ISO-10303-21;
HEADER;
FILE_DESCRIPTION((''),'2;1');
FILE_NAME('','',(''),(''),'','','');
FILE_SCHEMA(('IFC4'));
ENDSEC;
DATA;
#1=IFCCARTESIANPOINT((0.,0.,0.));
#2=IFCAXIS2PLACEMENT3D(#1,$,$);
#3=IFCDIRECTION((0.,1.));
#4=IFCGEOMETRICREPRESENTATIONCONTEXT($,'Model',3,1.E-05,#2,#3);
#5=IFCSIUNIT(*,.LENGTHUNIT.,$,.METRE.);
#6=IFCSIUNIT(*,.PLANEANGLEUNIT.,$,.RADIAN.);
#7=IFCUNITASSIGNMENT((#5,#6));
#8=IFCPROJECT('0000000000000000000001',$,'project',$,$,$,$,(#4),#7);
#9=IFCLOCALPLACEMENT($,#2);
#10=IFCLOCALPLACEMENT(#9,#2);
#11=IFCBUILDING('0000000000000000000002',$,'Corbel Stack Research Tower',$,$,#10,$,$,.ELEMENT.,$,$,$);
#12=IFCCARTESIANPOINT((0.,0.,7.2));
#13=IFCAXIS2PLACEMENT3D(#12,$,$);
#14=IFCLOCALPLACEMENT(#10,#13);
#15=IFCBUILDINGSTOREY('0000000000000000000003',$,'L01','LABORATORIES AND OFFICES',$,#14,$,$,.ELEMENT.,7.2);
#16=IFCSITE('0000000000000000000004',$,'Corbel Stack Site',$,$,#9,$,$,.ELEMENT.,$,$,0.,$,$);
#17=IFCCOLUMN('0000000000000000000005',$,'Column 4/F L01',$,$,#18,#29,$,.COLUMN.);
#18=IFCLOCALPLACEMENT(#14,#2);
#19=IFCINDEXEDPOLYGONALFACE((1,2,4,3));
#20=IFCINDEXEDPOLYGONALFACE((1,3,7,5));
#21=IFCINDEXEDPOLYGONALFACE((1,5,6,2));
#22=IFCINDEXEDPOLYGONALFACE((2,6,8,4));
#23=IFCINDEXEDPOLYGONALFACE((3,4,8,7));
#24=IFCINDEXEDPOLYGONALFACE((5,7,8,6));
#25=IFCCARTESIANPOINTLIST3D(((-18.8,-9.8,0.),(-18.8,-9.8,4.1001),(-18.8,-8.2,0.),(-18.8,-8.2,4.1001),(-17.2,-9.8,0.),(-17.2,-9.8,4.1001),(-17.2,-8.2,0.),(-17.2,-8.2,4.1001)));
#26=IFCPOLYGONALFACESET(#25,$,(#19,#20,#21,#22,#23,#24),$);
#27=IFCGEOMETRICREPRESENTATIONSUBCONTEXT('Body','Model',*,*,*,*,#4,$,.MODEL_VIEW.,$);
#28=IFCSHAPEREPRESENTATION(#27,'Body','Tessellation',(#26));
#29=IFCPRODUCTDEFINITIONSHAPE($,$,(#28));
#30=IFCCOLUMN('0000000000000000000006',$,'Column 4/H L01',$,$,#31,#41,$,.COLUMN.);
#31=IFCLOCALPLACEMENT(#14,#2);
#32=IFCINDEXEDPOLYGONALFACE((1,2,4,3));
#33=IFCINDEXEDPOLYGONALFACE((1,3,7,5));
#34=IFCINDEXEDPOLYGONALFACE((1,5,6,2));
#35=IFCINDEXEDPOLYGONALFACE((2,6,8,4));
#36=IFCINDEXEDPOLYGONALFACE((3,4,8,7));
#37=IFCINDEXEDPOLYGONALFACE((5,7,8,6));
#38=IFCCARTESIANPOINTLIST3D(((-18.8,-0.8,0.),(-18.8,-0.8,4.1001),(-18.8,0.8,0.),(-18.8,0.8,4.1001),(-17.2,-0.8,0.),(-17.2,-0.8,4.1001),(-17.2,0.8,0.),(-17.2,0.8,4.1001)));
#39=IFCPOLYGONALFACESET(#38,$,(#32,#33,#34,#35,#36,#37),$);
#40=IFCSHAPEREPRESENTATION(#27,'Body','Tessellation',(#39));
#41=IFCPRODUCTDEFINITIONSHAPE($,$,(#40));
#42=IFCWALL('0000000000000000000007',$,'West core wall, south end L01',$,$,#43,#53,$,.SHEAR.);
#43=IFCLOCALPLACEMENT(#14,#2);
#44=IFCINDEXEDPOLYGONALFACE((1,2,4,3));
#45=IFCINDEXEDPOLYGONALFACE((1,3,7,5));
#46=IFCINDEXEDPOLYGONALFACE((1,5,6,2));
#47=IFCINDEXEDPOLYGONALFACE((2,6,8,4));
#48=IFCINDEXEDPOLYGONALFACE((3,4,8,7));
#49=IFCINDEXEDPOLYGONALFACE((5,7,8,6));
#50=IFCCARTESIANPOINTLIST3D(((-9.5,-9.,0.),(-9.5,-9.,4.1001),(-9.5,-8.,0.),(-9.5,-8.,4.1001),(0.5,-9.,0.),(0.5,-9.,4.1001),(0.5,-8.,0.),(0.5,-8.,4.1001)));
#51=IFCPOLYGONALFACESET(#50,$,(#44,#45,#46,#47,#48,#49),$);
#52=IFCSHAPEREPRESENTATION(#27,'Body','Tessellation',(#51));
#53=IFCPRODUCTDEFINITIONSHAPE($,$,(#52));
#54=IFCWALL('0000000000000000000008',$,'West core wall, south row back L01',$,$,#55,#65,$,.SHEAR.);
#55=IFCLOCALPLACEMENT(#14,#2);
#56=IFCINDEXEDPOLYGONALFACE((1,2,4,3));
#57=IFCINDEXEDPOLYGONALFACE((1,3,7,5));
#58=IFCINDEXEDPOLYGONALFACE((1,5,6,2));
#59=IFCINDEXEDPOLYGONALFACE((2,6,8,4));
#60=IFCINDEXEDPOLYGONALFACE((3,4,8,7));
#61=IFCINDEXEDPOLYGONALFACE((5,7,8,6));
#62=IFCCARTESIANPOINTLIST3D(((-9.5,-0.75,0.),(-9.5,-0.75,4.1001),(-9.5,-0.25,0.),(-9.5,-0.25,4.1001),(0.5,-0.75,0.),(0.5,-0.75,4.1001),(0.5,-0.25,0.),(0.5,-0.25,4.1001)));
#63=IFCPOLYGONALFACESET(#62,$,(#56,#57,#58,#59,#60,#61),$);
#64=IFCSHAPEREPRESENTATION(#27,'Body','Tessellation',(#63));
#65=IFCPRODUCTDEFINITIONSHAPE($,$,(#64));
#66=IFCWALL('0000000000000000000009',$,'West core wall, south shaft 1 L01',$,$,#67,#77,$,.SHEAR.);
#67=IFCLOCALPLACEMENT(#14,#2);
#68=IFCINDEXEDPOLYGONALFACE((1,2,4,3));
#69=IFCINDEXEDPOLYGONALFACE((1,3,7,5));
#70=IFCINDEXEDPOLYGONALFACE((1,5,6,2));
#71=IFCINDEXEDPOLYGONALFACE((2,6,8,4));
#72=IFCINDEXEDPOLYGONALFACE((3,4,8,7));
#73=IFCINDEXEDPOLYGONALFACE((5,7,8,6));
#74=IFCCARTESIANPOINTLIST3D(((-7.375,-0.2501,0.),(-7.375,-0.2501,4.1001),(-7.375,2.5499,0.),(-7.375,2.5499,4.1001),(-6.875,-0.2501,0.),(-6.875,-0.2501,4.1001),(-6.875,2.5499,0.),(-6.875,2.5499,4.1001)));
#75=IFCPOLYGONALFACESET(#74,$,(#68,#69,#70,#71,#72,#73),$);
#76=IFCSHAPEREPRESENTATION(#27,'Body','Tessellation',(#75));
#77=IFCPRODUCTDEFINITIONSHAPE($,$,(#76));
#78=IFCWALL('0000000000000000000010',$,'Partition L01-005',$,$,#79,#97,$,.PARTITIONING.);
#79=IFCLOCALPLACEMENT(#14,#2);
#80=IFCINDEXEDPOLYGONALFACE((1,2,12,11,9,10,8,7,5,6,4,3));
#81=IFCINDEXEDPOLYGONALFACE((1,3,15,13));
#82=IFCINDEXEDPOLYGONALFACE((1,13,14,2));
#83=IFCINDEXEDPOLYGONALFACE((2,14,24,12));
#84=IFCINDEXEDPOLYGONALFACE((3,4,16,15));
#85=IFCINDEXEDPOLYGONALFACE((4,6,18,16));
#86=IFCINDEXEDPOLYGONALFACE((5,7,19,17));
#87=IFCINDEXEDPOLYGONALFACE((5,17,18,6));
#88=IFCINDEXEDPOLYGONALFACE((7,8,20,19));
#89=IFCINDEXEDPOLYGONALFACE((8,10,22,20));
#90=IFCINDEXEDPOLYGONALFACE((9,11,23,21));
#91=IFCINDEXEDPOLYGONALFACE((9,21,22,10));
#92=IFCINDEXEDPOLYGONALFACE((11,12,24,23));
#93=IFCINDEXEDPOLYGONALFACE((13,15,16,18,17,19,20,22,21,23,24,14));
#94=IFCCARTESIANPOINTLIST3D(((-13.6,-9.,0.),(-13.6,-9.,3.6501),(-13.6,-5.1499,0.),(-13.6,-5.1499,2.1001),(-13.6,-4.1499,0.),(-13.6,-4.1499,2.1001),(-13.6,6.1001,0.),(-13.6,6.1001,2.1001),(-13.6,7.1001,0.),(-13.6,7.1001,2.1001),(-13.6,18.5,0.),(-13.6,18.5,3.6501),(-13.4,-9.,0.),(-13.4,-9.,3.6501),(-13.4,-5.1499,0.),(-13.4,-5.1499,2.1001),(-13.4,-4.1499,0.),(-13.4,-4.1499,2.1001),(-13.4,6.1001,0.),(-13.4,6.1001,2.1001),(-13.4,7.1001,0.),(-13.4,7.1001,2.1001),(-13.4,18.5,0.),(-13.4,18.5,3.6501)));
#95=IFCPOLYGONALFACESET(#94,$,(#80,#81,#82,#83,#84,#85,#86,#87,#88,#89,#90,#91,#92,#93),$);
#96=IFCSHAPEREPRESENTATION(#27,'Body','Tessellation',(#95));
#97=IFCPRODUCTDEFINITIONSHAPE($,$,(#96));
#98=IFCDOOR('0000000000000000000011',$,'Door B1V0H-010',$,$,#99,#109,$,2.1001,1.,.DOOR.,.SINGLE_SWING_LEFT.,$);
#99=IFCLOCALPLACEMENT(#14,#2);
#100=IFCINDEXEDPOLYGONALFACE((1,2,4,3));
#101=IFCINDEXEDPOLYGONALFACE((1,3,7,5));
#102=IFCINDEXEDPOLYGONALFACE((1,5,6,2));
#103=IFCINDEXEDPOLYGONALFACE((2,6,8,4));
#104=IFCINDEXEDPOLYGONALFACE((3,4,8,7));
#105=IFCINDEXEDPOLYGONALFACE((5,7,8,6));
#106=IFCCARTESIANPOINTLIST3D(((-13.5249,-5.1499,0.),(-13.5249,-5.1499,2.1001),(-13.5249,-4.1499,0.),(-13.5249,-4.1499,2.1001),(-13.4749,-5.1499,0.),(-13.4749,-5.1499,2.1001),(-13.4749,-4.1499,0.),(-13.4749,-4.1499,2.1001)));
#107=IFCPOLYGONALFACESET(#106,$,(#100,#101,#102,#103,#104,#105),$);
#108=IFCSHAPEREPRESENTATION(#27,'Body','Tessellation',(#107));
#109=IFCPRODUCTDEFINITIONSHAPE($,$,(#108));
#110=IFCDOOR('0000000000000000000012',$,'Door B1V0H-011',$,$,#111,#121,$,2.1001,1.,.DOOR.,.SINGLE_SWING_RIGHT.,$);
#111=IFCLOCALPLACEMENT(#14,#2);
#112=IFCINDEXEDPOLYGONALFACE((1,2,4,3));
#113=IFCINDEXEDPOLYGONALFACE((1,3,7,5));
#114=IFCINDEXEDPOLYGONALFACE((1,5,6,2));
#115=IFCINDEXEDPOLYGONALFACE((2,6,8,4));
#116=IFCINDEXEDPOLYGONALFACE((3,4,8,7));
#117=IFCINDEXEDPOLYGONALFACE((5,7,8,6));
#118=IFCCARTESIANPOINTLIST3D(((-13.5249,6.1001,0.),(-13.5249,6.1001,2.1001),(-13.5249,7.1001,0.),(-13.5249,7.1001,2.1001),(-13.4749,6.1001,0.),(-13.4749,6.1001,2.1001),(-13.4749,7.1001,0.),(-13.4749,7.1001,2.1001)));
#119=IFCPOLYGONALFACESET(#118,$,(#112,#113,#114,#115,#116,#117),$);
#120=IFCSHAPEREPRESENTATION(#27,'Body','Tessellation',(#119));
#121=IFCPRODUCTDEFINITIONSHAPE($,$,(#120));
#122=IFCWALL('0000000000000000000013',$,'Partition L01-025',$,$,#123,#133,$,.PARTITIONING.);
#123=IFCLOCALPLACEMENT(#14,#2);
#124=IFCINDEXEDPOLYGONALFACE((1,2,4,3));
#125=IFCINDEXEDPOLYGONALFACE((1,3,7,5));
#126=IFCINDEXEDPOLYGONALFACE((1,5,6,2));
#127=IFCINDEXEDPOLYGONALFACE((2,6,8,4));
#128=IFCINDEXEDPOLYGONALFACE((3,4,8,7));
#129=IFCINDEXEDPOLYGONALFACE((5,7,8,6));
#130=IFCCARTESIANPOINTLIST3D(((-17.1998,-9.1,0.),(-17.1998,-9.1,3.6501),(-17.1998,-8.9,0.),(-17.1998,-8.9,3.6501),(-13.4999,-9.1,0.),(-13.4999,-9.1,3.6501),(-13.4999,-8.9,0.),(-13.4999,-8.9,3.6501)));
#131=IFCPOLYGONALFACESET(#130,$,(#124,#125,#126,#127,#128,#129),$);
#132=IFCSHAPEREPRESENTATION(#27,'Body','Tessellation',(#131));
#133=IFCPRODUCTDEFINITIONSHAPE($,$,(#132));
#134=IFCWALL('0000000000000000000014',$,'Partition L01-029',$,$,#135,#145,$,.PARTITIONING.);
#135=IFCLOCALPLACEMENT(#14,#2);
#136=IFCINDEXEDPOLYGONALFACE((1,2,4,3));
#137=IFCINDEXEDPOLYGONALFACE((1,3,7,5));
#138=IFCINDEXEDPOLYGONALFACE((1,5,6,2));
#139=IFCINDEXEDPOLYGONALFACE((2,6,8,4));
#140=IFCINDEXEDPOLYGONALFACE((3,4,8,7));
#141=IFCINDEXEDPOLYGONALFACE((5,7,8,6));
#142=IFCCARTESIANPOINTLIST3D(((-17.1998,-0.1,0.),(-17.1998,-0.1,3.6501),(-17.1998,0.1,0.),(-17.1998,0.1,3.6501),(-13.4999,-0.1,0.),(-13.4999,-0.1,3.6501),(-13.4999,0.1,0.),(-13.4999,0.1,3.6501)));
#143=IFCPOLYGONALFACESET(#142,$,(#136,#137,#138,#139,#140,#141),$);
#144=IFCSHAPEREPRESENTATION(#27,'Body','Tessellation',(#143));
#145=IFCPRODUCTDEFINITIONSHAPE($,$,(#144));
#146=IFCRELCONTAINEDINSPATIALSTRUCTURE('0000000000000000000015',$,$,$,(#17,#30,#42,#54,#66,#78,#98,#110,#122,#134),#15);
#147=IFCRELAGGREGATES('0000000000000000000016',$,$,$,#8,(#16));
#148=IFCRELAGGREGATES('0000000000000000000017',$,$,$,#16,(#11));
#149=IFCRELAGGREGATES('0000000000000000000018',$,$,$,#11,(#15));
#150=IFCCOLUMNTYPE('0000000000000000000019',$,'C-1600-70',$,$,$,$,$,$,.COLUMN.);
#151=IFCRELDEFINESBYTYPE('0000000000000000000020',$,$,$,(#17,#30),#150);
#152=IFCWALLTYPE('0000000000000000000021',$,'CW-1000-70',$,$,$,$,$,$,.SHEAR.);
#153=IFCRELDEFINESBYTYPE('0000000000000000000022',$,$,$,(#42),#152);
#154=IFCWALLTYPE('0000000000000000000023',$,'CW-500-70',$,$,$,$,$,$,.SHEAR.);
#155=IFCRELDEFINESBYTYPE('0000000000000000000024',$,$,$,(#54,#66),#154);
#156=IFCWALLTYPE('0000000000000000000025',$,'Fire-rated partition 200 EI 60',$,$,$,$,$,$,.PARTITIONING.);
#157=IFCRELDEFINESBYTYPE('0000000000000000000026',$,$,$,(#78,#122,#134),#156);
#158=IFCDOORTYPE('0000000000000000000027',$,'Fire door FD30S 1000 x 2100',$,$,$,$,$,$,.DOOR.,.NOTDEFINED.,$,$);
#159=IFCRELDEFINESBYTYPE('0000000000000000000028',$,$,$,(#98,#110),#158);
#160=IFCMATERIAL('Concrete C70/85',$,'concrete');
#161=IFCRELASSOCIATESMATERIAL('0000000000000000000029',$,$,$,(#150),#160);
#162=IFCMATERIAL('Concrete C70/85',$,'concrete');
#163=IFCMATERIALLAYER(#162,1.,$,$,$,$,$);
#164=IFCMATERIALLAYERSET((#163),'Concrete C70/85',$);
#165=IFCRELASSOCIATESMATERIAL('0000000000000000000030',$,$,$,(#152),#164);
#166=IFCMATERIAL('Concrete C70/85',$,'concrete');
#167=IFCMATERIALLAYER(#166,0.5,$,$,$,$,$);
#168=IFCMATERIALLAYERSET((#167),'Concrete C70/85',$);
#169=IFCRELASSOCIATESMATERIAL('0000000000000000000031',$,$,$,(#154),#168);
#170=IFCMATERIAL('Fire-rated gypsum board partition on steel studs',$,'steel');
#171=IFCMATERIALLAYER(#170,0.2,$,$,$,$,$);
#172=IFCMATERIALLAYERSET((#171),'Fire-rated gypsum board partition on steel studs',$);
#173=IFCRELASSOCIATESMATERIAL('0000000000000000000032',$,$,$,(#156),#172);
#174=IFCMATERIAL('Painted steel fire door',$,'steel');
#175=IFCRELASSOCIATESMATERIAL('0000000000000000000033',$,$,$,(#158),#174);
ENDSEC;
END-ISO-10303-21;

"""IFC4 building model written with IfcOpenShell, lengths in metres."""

from ifc_helpers import new_model, si_unit, direction, frame, frame_2d, origin, origin_2d, place, context, subcontext, project, spatial, rectangle, extrude, material, layer, layer_set, material_profile, profile_set, type_object, element, fill, save


model = new_model("IFC4")

# Units and contexts
model_context = context("Model", 3, precision=1e-05, world=origin(), true_north=direction((0.0, 1.0)))
body_context = subcontext(model_context, "Body", "Model", "MODEL_VIEW")
ifc_project = project(units=[si_unit("LENGTHUNIT", "METRE"), si_unit("PLANEANGLEUNIT", "RADIAN")], contexts=[model_context])

# Site, building, storey
site_placement = place(None, origin())
site = spatial("IfcSite", under=ifc_project, at=site_placement, Name="Corbel Stack Site", CompositionType="ELEMENT", RefElevation=0.0)
building_placement = place(site_placement, origin())
building = spatial("IfcBuilding", under=site, at=building_placement, Name="Corbel Stack Research Tower", CompositionType="ELEMENT")
storey_placement = place(building_placement, frame((0.0, 0.0, 7.2)))
storey = spatial("IfcBuildingStorey", under=building, at=storey_placement, Name="L01", Description="LABORATORIES AND OFFICES", CompositionType="ELEMENT", Elevation=7.2)

# Columns
ifc_material_1 = material(Name="Concrete C70/85", Category="concrete")
ifc_material_profile = material_profile(ifc_material_1, rectangle(XDim=1.6001, YDim=1.6001, at=origin_2d()), Name="RC 1600 x 1600")
ifc_profile_set = profile_set([ifc_material_profile], Name="Concrete C70/85")
column_type = type_object("IfcColumnType", Name="C-1600-70", PredefinedType="COLUMN", material=ifc_profile_set)
for number, where, z_axis, x_axis, name in (
    (1, (-18.0, -9.0, 0.0), (0.0, 0.0, 1.0), (1.0, 0.0, 0.0), "Column 4/F L01"),
    (2, (-18.0, 0.0, 0.0), (0.0, 0.0, 1.0), (1.0, 0.0, 0.0), "Column 4/H L01"),
):
    element("IfcColumn", number, at=place(storey_placement, frame(where, z_axis=z_axis, x_axis=x_axis)), inside=storey, type_object=column_type, Name=name, PredefinedType="COLUMN", context=body_context, shape_type="SweptSolid", body=[
        extrude(rectangle(XDim=1.6001, YDim=1.6001, at=origin_2d()), origin(), (0.0, 0.0, 1.0), 4.1001),
    ])

# Shared definitions
ifc_material_2 = material(Name="Concrete C70/85", Category="concrete")
ifc_layer_1 = layer(ifc_material_2, 1.0)
ifc_layer_set_1 = layer_set([ifc_layer_1], Name="Concrete C70/85")
wall_type_1 = type_object("IfcWallType", Name="CW-1000-70", PredefinedType="SHEAR", material=ifc_layer_set_1)

# Walls
wall_1_placement = place(storey_placement, frame((-9.5, -8.5, 0.0), z_axis=(0.0, 0.0, 1.0), x_axis=(1.0, 0.0, 0.0)))
element("IfcWall", 3, at=wall_1_placement, inside=storey, type_object=wall_type_1, Name="West core wall, south end L01", PredefinedType="SHEAR", context=body_context, shape_type="SweptSolid", body=[
    extrude(rectangle(XDim=10.0, YDim=1.0, at=frame_2d((5.0, 0.0))), origin(), (0.0, 0.0, 1.0), 4.1001),
])
ifc_material_3 = material(Name="Concrete C70/85", Category="concrete")
ifc_layer_2 = layer(ifc_material_3, 0.5)
ifc_layer_set_2 = layer_set([ifc_layer_2], Name="Concrete C70/85")
wall_type_2 = type_object("IfcWallType", Name="CW-500-70", PredefinedType="SHEAR", material=ifc_layer_set_2)
wall_2_placement = place(storey_placement, frame((-9.5, -0.5, 0.0), z_axis=(0.0, 0.0, 1.0), x_axis=(1.0, 0.0, 0.0)))
element("IfcWall", 4, at=wall_2_placement, inside=storey, type_object=wall_type_2, Name="West core wall, south row back L01", PredefinedType="SHEAR", context=body_context, shape_type="SweptSolid", body=[
    extrude(rectangle(XDim=10.0, YDim=0.5, at=frame_2d((5.0, 0.0))), origin(), (0.0, 0.0, 1.0), 4.1001),
])
wall_3_placement = place(storey_placement, frame((-7.125, -0.25, 0.0), z_axis=(0.0, 0.0, 1.0), x_axis=(0.0, 1.0, 0.0)))
element("IfcWall", 5, at=wall_3_placement, inside=storey, type_object=wall_type_2, Name="West core wall, south shaft 1 L01", PredefinedType="SHEAR", context=body_context, shape_type="SweptSolid", body=[
    extrude(rectangle(XDim=2.8, YDim=0.5, at=frame_2d((1.3999, 0.0))), origin(), (0.0, 0.0, 1.0), 4.1001),
])

# Wall, openings, doors
ifc_material_4 = material(Name="Fire-rated gypsum board partition on steel studs", Category="steel")
ifc_layer_3 = layer(ifc_material_4, 0.2)
ifc_layer_set_3 = layer_set([ifc_layer_3], Name="Fire-rated gypsum board partition on steel studs")
wall_type_3 = type_object("IfcWallType", Name="Fire-rated partition 200 EI 60", PredefinedType="PARTITIONING", material=ifc_layer_set_3)
wall_4_placement = place(storey_placement, frame((-13.5, -9.0, 0.0), z_axis=(0.0, 0.0, 1.0), x_axis=(0.0, 1.0, 0.0)))
wall_4 = element("IfcWall", 6, at=wall_4_placement, inside=storey, type_object=wall_type_3, Name="Partition L01-005", PredefinedType="PARTITIONING", context=body_context, shape_type="SweptSolid", body=[
    extrude(rectangle(XDim=27.5, YDim=0.2, at=frame_2d((13.75, 0.0))), origin(), (0.0, 0.0, 1.0), 3.6501),
])
opening_1_placement = place(wall_4_placement, frame((3.8501, 0.0, 0.0)))
opening_1 = element("IfcOpeningElement", 7, at=opening_1_placement, cuts=wall_4, PredefinedType="OPENING", context=body_context, shape_type="SweptSolid", body=[
    extrude(rectangle(XDim=1.0, YDim=2.1001, at=frame_2d((0.5, 1.05))), frame((0.0, 0.1099, 0.0), z_axis=(0.0, -1.0, 0.0), x_axis=(1.0, 0.0, 0.0)), (0.0, 0.0, 1.0), 0.22),
])
opening_2_placement = place(wall_4_placement, frame((15.1001, 0.0, 0.0)))
opening_2 = element("IfcOpeningElement", 8, at=opening_2_placement, cuts=wall_4, PredefinedType="OPENING", context=body_context, shape_type="SweptSolid", body=[
    extrude(rectangle(XDim=1.0, YDim=2.1001, at=frame_2d((0.5, 1.05))), frame((0.0, 0.1099, 0.0), z_axis=(0.0, -1.0, 0.0), x_axis=(1.0, 0.0, 0.0)), (0.0, 0.0, 1.0), 0.22),
])
ifc_material_5 = material(Name="Painted steel fire door", Category="steel")
door_type_1 = type_object("IfcDoorType", Name="Fire door FD30S 1000 x 2100", OperationType="NOTDEFINED", PredefinedType="DOOR", material=ifc_material_5)
door_1_placement = place(opening_1_placement, origin())
door_1 = element("IfcDoor", 9, at=door_1_placement, inside=storey, type_object=door_type_1, Name="Door B1V0H-010", OperationType="SINGLE_SWING_LEFT", OverallHeight=2.1001, OverallWidth=1.0, PredefinedType="DOOR", context=body_context, shape_type="SweptSolid", body=[
    extrude(rectangle(XDim=1.0, YDim=2.1001, at=frame_2d((0.5, 1.05))), frame((0.0, 0.0249, 0.0), z_axis=(0.0, -1.0, 0.0), x_axis=(1.0, 0.0, 0.0)), (0.0, 0.0, 1.0), 0.05),
])
fill(opening_1, door_1)
door_2_placement = place(opening_2_placement, origin())
door_2 = element("IfcDoor", 10, at=door_2_placement, inside=storey, type_object=door_type_1, Name="Door B1V0H-011", OperationType="SINGLE_SWING_RIGHT", OverallHeight=2.1001, OverallWidth=1.0, PredefinedType="DOOR", context=body_context, shape_type="SweptSolid", body=[
    extrude(rectangle(XDim=1.0, YDim=2.1001, at=frame_2d((0.5, 1.05))), frame((0.0, 0.0249, 0.0), z_axis=(0.0, -1.0, 0.0), x_axis=(1.0, 0.0, 0.0)), (0.0, 0.0, 1.0), 0.05),
])
fill(opening_2, door_2)

# Walls
for number, where, z_axis, x_axis, name in (
    (11, (-17.2, -9.0, 0.0), (0.0, 0.0, 1.0), (1.0, 0.0, 0.0), "Partition L01-025"),
    (12, (-17.2, 0.0, 0.0), (0.0, 0.0, 1.0), (1.0, 0.0, 0.0), "Partition L01-029"),
):
    element("IfcWall", number, at=place(storey_placement, frame(where, z_axis=z_axis, x_axis=x_axis)), inside=storey, type_object=wall_type_3, Name=name, PredefinedType="PARTITIONING", context=body_context, shape_type="SweptSolid", body=[
        extrude(rectangle(XDim=3.7, YDim=0.2, at=frame_2d((1.8501, 0.0))), origin(), (0.0, 0.0, 1.0), 3.6501),
    ])

save(model, "model.ifc")
